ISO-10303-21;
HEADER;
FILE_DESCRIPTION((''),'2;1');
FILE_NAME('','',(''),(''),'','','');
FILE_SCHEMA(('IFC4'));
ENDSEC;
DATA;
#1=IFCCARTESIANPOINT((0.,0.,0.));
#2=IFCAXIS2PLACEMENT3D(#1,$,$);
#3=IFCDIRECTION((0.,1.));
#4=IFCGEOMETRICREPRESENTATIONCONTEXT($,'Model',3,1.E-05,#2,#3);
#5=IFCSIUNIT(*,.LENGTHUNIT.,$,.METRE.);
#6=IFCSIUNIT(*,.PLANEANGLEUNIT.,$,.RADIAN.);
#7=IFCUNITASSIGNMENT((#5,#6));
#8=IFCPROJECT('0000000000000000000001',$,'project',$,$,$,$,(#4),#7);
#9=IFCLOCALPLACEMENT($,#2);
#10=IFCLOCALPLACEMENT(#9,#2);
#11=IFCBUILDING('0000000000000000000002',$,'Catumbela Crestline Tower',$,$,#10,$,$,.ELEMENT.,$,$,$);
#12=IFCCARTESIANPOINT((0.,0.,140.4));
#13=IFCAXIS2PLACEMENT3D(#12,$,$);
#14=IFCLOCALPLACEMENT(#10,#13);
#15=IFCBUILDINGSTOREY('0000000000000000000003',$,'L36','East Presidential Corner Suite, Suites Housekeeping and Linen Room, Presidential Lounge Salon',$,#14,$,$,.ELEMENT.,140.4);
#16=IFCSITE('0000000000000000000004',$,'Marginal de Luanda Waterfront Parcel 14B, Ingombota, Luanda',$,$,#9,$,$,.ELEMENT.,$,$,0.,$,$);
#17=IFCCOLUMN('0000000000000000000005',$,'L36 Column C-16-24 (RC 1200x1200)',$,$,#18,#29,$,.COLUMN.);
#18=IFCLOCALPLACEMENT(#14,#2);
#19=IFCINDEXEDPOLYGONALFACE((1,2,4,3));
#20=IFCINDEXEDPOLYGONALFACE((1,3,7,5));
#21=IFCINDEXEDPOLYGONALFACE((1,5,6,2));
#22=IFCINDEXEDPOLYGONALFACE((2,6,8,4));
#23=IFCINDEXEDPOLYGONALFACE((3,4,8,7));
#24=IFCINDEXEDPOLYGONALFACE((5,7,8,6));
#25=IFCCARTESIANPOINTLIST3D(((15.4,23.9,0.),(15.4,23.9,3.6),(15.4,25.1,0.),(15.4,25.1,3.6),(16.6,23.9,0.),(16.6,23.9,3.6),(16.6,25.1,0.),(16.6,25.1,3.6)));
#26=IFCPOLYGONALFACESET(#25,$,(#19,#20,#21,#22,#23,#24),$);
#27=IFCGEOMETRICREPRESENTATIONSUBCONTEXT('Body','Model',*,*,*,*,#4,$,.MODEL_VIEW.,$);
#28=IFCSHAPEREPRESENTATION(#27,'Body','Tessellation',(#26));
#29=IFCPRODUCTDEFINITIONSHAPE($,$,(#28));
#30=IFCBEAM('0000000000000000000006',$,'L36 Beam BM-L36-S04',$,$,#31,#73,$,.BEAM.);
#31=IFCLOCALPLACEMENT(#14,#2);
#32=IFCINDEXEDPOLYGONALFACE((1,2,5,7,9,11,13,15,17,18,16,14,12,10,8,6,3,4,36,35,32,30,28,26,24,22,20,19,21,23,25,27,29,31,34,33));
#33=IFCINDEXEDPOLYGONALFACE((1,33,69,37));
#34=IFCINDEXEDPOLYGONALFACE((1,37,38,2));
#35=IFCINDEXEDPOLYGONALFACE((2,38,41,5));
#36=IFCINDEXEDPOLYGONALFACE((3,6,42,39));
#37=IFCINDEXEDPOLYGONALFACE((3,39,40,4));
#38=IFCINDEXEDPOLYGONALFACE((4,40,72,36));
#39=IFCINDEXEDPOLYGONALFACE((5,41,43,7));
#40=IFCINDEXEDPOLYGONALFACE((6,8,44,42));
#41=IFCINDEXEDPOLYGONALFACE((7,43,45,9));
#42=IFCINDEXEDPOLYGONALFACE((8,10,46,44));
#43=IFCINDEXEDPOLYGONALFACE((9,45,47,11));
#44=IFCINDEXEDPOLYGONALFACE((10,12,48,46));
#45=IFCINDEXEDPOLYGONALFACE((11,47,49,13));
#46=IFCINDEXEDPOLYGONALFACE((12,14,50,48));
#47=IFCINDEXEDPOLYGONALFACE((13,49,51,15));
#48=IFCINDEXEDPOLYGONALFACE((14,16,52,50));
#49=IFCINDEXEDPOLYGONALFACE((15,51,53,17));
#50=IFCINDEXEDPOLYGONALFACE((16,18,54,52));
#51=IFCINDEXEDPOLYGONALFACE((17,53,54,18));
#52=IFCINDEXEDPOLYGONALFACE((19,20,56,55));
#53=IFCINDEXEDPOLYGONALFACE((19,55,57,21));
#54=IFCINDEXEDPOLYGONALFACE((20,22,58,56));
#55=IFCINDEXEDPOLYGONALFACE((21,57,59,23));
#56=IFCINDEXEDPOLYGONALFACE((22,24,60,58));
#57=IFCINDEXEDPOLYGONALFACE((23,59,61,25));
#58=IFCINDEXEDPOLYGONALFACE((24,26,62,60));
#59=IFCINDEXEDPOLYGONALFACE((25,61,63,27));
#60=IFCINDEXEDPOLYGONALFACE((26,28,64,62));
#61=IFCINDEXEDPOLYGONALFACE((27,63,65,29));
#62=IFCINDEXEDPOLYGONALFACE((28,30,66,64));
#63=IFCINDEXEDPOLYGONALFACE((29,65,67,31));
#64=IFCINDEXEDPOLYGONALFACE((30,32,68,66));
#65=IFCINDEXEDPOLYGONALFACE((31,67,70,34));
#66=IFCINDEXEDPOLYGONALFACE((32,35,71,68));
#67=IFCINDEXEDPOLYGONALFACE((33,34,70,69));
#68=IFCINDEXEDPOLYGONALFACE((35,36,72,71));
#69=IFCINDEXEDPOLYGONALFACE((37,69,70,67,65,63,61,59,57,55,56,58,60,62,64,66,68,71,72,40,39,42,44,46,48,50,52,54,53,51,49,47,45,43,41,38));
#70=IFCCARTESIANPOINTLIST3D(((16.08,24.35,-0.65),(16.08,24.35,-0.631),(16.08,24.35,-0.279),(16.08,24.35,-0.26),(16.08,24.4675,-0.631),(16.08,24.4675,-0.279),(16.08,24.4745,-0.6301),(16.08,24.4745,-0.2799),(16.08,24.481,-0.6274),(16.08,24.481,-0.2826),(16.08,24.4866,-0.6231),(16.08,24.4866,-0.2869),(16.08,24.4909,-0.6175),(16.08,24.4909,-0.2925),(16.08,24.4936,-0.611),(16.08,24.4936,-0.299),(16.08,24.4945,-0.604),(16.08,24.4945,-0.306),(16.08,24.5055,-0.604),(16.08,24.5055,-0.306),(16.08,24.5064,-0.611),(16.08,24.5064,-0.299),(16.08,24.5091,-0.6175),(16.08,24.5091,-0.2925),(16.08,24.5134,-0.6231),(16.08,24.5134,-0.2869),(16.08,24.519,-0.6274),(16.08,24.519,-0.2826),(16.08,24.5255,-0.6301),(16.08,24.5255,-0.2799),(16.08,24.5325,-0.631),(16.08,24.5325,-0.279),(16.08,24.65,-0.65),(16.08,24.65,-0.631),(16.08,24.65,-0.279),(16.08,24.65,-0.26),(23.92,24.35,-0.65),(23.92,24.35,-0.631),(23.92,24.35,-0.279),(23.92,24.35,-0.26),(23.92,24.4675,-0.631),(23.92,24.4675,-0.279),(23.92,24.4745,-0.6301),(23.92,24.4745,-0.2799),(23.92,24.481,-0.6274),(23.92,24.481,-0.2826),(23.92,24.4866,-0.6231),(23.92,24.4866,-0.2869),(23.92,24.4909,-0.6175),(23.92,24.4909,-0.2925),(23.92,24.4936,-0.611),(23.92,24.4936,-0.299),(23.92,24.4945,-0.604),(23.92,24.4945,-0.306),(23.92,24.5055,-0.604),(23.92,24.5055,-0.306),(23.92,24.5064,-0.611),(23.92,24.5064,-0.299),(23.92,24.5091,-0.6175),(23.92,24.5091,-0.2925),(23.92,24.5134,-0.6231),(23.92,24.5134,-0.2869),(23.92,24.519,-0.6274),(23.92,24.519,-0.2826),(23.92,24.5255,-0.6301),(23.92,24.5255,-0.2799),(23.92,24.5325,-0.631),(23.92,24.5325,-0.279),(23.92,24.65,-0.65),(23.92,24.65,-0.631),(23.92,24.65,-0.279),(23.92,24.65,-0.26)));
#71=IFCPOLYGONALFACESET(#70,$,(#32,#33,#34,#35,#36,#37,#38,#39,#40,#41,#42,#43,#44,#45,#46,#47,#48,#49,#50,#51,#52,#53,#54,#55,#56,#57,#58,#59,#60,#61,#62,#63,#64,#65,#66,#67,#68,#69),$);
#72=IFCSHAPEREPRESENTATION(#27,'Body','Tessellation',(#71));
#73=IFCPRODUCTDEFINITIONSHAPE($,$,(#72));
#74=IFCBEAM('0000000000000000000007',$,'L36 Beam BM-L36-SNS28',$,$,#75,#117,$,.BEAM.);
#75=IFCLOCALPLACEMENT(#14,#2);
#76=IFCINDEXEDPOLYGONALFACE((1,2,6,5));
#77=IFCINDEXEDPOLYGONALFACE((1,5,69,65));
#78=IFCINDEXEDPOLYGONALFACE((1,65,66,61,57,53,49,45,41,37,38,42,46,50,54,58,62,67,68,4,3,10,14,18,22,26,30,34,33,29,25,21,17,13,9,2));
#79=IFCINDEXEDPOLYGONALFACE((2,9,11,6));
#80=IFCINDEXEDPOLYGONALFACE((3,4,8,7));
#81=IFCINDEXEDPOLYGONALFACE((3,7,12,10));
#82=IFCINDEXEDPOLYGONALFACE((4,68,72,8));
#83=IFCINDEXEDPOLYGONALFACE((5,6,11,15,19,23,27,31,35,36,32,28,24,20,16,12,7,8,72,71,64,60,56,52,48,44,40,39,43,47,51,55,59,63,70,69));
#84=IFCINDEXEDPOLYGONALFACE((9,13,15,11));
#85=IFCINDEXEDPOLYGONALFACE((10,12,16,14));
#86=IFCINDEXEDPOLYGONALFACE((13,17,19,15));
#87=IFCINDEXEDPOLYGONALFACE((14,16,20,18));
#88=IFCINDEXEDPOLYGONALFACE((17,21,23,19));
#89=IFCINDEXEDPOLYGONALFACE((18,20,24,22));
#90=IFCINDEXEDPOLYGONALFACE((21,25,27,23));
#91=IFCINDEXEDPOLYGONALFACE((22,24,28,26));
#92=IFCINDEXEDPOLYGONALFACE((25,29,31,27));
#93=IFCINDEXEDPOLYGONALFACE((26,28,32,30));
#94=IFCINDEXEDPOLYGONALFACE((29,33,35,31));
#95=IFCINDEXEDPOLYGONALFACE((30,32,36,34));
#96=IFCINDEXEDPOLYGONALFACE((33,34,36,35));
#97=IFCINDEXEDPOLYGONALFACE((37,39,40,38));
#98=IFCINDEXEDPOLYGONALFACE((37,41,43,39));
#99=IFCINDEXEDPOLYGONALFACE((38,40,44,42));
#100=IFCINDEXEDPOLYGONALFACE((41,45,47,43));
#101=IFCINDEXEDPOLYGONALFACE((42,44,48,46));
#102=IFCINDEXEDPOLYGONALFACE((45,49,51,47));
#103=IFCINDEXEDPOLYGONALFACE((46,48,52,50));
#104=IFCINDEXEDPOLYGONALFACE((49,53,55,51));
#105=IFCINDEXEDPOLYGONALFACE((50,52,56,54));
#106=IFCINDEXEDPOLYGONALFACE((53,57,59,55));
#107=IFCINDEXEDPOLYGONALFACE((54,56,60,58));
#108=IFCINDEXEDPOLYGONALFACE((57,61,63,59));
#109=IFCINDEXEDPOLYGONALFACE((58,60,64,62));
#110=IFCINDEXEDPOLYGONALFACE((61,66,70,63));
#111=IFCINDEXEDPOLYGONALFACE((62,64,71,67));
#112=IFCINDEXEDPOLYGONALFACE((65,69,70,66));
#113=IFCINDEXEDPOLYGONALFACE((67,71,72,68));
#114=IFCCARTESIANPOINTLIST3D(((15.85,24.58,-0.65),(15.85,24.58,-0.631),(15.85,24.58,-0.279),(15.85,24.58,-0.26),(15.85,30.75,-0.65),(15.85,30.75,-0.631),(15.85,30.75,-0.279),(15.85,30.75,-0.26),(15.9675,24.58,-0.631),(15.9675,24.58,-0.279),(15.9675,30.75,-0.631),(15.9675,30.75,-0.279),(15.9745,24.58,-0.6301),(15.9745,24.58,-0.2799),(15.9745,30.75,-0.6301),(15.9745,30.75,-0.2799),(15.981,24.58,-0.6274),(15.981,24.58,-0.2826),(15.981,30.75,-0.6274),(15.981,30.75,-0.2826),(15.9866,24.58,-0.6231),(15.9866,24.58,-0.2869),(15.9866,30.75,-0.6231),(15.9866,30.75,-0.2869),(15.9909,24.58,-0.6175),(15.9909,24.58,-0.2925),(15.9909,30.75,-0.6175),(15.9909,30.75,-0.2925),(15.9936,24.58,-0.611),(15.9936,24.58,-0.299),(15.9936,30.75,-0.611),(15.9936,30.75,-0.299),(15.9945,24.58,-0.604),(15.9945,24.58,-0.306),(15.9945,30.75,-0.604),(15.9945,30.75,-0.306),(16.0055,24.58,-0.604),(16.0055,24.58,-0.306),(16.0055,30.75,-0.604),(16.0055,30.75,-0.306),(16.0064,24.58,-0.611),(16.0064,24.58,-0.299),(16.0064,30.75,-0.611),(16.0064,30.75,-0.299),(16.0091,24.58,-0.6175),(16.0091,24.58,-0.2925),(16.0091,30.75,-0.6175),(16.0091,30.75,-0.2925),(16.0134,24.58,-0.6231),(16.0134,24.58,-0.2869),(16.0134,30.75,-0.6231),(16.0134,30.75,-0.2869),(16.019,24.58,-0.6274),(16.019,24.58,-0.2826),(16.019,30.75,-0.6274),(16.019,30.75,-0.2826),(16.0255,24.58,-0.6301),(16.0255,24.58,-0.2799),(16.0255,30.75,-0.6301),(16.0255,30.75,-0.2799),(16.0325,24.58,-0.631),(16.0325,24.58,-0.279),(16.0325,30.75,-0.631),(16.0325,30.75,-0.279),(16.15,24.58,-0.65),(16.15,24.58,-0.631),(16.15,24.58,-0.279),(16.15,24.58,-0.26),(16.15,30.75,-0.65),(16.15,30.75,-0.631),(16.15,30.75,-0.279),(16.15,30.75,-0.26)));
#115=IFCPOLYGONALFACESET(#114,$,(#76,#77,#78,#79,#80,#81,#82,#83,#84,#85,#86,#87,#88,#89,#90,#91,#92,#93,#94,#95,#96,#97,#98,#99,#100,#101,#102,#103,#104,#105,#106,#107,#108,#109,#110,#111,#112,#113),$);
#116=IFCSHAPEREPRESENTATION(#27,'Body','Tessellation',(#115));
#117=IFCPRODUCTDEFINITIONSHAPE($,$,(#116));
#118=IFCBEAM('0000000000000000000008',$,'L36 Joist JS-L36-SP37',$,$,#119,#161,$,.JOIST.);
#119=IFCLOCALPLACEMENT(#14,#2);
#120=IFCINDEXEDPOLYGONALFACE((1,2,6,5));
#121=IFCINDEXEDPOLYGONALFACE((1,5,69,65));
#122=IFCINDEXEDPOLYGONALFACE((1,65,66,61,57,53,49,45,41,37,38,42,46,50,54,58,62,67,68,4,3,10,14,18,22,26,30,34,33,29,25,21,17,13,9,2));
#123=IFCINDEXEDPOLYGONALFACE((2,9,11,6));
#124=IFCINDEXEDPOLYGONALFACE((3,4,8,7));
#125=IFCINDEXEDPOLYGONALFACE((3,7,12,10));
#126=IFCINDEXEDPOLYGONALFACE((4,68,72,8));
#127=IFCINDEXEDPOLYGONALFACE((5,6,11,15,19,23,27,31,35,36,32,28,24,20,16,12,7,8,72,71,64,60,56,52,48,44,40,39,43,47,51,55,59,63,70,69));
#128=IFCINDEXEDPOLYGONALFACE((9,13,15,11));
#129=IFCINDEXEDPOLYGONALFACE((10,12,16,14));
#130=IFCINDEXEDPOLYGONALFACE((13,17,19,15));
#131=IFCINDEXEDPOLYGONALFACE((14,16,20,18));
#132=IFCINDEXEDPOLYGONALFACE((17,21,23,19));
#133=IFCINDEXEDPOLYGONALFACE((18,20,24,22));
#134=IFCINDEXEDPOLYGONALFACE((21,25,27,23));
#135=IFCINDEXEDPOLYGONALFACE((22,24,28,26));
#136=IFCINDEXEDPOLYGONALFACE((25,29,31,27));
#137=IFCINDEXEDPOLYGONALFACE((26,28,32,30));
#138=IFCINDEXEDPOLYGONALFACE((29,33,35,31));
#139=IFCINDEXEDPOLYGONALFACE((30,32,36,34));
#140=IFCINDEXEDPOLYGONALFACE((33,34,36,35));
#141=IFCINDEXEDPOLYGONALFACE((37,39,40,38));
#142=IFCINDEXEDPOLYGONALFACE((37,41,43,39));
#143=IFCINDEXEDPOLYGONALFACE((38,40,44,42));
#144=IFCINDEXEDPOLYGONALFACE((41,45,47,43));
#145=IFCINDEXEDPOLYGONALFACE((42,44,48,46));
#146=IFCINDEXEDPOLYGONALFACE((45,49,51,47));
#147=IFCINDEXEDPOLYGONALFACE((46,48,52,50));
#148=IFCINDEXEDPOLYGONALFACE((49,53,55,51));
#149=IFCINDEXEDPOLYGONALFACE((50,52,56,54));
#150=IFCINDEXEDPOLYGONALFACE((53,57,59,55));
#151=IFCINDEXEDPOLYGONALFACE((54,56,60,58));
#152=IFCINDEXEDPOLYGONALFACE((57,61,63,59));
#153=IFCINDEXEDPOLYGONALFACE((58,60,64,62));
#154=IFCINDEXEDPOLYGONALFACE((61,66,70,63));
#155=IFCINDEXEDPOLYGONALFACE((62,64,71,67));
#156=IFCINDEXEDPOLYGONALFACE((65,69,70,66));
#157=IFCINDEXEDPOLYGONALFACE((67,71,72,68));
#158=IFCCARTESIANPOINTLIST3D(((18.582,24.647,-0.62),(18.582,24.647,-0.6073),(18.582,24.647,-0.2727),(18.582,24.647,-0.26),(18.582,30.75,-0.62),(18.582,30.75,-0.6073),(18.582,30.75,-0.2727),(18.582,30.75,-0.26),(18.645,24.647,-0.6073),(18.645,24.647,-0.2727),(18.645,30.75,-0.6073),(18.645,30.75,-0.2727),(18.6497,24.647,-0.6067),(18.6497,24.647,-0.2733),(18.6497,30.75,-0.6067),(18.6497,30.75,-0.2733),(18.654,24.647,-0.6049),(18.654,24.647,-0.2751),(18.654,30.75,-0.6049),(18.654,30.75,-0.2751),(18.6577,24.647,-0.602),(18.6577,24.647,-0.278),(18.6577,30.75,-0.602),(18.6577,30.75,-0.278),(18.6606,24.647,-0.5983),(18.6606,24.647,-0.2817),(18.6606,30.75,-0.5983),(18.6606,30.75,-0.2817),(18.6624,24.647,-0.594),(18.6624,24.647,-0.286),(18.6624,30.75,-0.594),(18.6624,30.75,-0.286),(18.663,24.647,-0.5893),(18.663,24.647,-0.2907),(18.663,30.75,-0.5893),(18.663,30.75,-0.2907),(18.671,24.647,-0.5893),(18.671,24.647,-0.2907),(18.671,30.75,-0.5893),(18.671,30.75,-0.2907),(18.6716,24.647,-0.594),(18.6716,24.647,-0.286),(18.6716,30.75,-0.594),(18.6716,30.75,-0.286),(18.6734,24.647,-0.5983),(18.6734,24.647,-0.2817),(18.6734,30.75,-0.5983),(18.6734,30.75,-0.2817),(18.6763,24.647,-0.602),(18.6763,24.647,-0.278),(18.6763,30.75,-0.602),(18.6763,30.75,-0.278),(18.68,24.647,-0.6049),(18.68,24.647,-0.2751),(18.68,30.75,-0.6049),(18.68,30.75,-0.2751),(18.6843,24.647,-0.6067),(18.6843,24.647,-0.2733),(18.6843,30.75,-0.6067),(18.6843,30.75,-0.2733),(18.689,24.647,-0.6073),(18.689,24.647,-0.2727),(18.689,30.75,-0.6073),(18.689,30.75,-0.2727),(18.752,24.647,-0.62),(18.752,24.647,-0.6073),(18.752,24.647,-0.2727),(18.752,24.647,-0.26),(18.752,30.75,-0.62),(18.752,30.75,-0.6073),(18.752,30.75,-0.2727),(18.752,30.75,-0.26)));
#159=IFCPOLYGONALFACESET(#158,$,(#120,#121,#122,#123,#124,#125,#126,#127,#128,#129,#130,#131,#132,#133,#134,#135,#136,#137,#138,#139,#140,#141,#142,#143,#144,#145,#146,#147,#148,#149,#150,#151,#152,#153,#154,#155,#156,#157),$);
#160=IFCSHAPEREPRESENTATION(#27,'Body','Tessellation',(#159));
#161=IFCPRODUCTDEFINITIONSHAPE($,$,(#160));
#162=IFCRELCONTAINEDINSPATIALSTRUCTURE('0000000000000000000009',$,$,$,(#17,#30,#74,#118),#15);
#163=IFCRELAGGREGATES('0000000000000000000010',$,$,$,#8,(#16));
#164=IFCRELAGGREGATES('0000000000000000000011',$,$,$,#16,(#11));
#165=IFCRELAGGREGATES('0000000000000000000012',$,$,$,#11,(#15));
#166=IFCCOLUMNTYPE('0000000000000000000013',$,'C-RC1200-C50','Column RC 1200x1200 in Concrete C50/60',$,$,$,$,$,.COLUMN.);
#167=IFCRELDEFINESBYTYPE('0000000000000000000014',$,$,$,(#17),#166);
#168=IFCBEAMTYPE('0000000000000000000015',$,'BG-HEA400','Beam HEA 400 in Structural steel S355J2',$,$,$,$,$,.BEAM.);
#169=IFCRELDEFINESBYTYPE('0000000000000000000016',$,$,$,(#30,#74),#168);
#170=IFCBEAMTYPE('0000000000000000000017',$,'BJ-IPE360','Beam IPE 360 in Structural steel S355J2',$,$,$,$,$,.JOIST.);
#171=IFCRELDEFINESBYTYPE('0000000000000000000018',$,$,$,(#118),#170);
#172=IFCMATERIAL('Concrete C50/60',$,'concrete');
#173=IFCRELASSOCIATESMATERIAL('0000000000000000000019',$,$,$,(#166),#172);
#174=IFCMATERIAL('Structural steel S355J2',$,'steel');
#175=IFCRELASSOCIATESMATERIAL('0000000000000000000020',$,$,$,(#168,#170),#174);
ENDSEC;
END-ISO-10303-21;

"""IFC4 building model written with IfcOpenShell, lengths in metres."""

from ifc_helpers import new_model, si_unit, direction, frame, origin, origin_2d, place, context, subcontext, project, spatial, rectangle, i_section, extrude, material, material_profile, profile_set, type_object, element, save


model = new_model("IFC4")

# Units and contexts
model_context = context("Model", 3, precision=1e-05, world=origin(), true_north=direction((0.0, 1.0)))
body_context = subcontext(model_context, "Body", "Model", "MODEL_VIEW")
ifc_project = project(units=[si_unit("LENGTHUNIT", "METRE"), si_unit("PLANEANGLEUNIT", "RADIAN")], contexts=[model_context])

# Site, building, storey
site_placement = place(None, origin())
site = spatial("IfcSite", under=ifc_project, at=site_placement, Name="Marginal de Luanda Waterfront Parcel 14B, Ingombota, Luanda", CompositionType="ELEMENT", RefElevation=0.0)
building_placement = place(site_placement, origin())
building = spatial("IfcBuilding", under=site, at=building_placement, Name="Catumbela Crestline Tower", CompositionType="ELEMENT")
storey_placement = place(building_placement, frame((0.0, 0.0, 140.4)))
storey = spatial("IfcBuildingStorey", under=building, at=storey_placement, Name="L36", Description="East Presidential Corner Suite, Suites Housekeeping and Linen Room, Presidential Lounge Salon", CompositionType="ELEMENT", Elevation=140.4)

# Column
ifc_material_1 = material(Name="Concrete C50/60", Category="concrete")
ifc_material_profile_1 = material_profile(ifc_material_1, rectangle(XDim=1.2, YDim=1.2, at=origin_2d()), Name="RC 1200x1200")
ifc_profile_set_1 = profile_set([ifc_material_profile_1], Name="Concrete C50/60")
column_type = type_object("IfcColumnType", Name="C-RC1200-C50", Description="Column RC 1200x1200 in Concrete C50/60", PredefinedType="COLUMN", material=ifc_profile_set_1)
column_placement = place(storey_placement, frame((16.0, 24.5, 0.0), z_axis=(0.0, 0.0, 1.0), x_axis=(1.0, 0.0, 0.0)))
element("IfcColumn", 1, at=column_placement, inside=storey, type_object=column_type, Name="L36 Column C-16-24 (RC 1200x1200)", PredefinedType="COLUMN", context=body_context, shape_type="SweptSolid", body=[
    extrude(rectangle(XDim=1.2, YDim=1.2, at=origin_2d()), origin(), (0.0, 0.0, 1.0), 3.6),
])

# Beams
ifc_material_2 = material(Name="Structural steel S355J2", Category="steel")
ifc_material_profile_2 = material_profile(ifc_material_2, i_section(OverallWidth=0.3, OverallDepth=0.39, WebThickness=0.011, FlangeThickness=0.019, FilletRadius=0.027, at=origin_2d()), Name="HEA 400")
ifc_profile_set_2 = profile_set([ifc_material_profile_2], Name="Structural steel S355J2")
beam_type_1 = type_object("IfcBeamType", Name="BG-HEA400", Description="Beam HEA 400 in Structural steel S355J2", PredefinedType="BEAM", material=ifc_profile_set_2)
beam_1_placement = place(storey_placement, frame((16.08, 24.5, -0.455), z_axis=(1.0, 0.0, 0.0), x_axis=(0.0, 1.0, 0.0)))
element("IfcBeam", 2, at=beam_1_placement, inside=storey, type_object=beam_type_1, Name="L36 Beam BM-L36-S04", PredefinedType="BEAM", context=body_context, shape_type="SweptSolid", body=[
    extrude(i_section(OverallWidth=0.3, OverallDepth=0.39, WebThickness=0.011, FlangeThickness=0.019, FilletRadius=0.027, at=origin_2d()), origin(), (0.0, 0.0, 1.0), 7.84),
])
beam_2_placement = place(storey_placement, frame((16.0, 24.58, -0.455), z_axis=(0.0, 1.0, 0.0), x_axis=(-1.0, 0.0, 0.0)))
element("IfcBeam", 3, at=beam_2_placement, inside=storey, type_object=beam_type_1, Name="L36 Beam BM-L36-SNS28", PredefinedType="BEAM", context=body_context, shape_type="SweptSolid", body=[
    extrude(i_section(OverallWidth=0.3, OverallDepth=0.39, WebThickness=0.011, FlangeThickness=0.019, FilletRadius=0.027, at=origin_2d()), origin(), (0.0, 0.0, 1.0), 6.17),
])
ifc_material_profile_3 = material_profile(ifc_material_2, i_section(OverallWidth=0.17, OverallDepth=0.36, WebThickness=0.008, FlangeThickness=0.0127, FilletRadius=0.018, at=origin_2d()), Name="IPE 360")
ifc_profile_set_3 = profile_set([ifc_material_profile_3], Name="Structural steel S355J2")
beam_type_2 = type_object("IfcBeamType", Name="BJ-IPE360", Description="Beam IPE 360 in Structural steel S355J2", PredefinedType="JOIST", material=ifc_profile_set_3)
beam_3_placement = place(storey_placement, frame((18.667, 24.647, -0.44), z_axis=(0.0, 1.0, 0.0), x_axis=(-1.0, 0.0, 0.0)))
element("IfcBeam", 4, at=beam_3_placement, inside=storey, type_object=beam_type_2, Name="L36 Joist JS-L36-SP37", PredefinedType="JOIST", context=body_context, shape_type="SweptSolid", body=[
    extrude(i_section(OverallWidth=0.17, OverallDepth=0.36, WebThickness=0.008, FlangeThickness=0.0127, FilletRadius=0.018, at=origin_2d()), origin(), (0.0, 0.0, 1.0), 6.103),
])

save(model, "model.ifc")
